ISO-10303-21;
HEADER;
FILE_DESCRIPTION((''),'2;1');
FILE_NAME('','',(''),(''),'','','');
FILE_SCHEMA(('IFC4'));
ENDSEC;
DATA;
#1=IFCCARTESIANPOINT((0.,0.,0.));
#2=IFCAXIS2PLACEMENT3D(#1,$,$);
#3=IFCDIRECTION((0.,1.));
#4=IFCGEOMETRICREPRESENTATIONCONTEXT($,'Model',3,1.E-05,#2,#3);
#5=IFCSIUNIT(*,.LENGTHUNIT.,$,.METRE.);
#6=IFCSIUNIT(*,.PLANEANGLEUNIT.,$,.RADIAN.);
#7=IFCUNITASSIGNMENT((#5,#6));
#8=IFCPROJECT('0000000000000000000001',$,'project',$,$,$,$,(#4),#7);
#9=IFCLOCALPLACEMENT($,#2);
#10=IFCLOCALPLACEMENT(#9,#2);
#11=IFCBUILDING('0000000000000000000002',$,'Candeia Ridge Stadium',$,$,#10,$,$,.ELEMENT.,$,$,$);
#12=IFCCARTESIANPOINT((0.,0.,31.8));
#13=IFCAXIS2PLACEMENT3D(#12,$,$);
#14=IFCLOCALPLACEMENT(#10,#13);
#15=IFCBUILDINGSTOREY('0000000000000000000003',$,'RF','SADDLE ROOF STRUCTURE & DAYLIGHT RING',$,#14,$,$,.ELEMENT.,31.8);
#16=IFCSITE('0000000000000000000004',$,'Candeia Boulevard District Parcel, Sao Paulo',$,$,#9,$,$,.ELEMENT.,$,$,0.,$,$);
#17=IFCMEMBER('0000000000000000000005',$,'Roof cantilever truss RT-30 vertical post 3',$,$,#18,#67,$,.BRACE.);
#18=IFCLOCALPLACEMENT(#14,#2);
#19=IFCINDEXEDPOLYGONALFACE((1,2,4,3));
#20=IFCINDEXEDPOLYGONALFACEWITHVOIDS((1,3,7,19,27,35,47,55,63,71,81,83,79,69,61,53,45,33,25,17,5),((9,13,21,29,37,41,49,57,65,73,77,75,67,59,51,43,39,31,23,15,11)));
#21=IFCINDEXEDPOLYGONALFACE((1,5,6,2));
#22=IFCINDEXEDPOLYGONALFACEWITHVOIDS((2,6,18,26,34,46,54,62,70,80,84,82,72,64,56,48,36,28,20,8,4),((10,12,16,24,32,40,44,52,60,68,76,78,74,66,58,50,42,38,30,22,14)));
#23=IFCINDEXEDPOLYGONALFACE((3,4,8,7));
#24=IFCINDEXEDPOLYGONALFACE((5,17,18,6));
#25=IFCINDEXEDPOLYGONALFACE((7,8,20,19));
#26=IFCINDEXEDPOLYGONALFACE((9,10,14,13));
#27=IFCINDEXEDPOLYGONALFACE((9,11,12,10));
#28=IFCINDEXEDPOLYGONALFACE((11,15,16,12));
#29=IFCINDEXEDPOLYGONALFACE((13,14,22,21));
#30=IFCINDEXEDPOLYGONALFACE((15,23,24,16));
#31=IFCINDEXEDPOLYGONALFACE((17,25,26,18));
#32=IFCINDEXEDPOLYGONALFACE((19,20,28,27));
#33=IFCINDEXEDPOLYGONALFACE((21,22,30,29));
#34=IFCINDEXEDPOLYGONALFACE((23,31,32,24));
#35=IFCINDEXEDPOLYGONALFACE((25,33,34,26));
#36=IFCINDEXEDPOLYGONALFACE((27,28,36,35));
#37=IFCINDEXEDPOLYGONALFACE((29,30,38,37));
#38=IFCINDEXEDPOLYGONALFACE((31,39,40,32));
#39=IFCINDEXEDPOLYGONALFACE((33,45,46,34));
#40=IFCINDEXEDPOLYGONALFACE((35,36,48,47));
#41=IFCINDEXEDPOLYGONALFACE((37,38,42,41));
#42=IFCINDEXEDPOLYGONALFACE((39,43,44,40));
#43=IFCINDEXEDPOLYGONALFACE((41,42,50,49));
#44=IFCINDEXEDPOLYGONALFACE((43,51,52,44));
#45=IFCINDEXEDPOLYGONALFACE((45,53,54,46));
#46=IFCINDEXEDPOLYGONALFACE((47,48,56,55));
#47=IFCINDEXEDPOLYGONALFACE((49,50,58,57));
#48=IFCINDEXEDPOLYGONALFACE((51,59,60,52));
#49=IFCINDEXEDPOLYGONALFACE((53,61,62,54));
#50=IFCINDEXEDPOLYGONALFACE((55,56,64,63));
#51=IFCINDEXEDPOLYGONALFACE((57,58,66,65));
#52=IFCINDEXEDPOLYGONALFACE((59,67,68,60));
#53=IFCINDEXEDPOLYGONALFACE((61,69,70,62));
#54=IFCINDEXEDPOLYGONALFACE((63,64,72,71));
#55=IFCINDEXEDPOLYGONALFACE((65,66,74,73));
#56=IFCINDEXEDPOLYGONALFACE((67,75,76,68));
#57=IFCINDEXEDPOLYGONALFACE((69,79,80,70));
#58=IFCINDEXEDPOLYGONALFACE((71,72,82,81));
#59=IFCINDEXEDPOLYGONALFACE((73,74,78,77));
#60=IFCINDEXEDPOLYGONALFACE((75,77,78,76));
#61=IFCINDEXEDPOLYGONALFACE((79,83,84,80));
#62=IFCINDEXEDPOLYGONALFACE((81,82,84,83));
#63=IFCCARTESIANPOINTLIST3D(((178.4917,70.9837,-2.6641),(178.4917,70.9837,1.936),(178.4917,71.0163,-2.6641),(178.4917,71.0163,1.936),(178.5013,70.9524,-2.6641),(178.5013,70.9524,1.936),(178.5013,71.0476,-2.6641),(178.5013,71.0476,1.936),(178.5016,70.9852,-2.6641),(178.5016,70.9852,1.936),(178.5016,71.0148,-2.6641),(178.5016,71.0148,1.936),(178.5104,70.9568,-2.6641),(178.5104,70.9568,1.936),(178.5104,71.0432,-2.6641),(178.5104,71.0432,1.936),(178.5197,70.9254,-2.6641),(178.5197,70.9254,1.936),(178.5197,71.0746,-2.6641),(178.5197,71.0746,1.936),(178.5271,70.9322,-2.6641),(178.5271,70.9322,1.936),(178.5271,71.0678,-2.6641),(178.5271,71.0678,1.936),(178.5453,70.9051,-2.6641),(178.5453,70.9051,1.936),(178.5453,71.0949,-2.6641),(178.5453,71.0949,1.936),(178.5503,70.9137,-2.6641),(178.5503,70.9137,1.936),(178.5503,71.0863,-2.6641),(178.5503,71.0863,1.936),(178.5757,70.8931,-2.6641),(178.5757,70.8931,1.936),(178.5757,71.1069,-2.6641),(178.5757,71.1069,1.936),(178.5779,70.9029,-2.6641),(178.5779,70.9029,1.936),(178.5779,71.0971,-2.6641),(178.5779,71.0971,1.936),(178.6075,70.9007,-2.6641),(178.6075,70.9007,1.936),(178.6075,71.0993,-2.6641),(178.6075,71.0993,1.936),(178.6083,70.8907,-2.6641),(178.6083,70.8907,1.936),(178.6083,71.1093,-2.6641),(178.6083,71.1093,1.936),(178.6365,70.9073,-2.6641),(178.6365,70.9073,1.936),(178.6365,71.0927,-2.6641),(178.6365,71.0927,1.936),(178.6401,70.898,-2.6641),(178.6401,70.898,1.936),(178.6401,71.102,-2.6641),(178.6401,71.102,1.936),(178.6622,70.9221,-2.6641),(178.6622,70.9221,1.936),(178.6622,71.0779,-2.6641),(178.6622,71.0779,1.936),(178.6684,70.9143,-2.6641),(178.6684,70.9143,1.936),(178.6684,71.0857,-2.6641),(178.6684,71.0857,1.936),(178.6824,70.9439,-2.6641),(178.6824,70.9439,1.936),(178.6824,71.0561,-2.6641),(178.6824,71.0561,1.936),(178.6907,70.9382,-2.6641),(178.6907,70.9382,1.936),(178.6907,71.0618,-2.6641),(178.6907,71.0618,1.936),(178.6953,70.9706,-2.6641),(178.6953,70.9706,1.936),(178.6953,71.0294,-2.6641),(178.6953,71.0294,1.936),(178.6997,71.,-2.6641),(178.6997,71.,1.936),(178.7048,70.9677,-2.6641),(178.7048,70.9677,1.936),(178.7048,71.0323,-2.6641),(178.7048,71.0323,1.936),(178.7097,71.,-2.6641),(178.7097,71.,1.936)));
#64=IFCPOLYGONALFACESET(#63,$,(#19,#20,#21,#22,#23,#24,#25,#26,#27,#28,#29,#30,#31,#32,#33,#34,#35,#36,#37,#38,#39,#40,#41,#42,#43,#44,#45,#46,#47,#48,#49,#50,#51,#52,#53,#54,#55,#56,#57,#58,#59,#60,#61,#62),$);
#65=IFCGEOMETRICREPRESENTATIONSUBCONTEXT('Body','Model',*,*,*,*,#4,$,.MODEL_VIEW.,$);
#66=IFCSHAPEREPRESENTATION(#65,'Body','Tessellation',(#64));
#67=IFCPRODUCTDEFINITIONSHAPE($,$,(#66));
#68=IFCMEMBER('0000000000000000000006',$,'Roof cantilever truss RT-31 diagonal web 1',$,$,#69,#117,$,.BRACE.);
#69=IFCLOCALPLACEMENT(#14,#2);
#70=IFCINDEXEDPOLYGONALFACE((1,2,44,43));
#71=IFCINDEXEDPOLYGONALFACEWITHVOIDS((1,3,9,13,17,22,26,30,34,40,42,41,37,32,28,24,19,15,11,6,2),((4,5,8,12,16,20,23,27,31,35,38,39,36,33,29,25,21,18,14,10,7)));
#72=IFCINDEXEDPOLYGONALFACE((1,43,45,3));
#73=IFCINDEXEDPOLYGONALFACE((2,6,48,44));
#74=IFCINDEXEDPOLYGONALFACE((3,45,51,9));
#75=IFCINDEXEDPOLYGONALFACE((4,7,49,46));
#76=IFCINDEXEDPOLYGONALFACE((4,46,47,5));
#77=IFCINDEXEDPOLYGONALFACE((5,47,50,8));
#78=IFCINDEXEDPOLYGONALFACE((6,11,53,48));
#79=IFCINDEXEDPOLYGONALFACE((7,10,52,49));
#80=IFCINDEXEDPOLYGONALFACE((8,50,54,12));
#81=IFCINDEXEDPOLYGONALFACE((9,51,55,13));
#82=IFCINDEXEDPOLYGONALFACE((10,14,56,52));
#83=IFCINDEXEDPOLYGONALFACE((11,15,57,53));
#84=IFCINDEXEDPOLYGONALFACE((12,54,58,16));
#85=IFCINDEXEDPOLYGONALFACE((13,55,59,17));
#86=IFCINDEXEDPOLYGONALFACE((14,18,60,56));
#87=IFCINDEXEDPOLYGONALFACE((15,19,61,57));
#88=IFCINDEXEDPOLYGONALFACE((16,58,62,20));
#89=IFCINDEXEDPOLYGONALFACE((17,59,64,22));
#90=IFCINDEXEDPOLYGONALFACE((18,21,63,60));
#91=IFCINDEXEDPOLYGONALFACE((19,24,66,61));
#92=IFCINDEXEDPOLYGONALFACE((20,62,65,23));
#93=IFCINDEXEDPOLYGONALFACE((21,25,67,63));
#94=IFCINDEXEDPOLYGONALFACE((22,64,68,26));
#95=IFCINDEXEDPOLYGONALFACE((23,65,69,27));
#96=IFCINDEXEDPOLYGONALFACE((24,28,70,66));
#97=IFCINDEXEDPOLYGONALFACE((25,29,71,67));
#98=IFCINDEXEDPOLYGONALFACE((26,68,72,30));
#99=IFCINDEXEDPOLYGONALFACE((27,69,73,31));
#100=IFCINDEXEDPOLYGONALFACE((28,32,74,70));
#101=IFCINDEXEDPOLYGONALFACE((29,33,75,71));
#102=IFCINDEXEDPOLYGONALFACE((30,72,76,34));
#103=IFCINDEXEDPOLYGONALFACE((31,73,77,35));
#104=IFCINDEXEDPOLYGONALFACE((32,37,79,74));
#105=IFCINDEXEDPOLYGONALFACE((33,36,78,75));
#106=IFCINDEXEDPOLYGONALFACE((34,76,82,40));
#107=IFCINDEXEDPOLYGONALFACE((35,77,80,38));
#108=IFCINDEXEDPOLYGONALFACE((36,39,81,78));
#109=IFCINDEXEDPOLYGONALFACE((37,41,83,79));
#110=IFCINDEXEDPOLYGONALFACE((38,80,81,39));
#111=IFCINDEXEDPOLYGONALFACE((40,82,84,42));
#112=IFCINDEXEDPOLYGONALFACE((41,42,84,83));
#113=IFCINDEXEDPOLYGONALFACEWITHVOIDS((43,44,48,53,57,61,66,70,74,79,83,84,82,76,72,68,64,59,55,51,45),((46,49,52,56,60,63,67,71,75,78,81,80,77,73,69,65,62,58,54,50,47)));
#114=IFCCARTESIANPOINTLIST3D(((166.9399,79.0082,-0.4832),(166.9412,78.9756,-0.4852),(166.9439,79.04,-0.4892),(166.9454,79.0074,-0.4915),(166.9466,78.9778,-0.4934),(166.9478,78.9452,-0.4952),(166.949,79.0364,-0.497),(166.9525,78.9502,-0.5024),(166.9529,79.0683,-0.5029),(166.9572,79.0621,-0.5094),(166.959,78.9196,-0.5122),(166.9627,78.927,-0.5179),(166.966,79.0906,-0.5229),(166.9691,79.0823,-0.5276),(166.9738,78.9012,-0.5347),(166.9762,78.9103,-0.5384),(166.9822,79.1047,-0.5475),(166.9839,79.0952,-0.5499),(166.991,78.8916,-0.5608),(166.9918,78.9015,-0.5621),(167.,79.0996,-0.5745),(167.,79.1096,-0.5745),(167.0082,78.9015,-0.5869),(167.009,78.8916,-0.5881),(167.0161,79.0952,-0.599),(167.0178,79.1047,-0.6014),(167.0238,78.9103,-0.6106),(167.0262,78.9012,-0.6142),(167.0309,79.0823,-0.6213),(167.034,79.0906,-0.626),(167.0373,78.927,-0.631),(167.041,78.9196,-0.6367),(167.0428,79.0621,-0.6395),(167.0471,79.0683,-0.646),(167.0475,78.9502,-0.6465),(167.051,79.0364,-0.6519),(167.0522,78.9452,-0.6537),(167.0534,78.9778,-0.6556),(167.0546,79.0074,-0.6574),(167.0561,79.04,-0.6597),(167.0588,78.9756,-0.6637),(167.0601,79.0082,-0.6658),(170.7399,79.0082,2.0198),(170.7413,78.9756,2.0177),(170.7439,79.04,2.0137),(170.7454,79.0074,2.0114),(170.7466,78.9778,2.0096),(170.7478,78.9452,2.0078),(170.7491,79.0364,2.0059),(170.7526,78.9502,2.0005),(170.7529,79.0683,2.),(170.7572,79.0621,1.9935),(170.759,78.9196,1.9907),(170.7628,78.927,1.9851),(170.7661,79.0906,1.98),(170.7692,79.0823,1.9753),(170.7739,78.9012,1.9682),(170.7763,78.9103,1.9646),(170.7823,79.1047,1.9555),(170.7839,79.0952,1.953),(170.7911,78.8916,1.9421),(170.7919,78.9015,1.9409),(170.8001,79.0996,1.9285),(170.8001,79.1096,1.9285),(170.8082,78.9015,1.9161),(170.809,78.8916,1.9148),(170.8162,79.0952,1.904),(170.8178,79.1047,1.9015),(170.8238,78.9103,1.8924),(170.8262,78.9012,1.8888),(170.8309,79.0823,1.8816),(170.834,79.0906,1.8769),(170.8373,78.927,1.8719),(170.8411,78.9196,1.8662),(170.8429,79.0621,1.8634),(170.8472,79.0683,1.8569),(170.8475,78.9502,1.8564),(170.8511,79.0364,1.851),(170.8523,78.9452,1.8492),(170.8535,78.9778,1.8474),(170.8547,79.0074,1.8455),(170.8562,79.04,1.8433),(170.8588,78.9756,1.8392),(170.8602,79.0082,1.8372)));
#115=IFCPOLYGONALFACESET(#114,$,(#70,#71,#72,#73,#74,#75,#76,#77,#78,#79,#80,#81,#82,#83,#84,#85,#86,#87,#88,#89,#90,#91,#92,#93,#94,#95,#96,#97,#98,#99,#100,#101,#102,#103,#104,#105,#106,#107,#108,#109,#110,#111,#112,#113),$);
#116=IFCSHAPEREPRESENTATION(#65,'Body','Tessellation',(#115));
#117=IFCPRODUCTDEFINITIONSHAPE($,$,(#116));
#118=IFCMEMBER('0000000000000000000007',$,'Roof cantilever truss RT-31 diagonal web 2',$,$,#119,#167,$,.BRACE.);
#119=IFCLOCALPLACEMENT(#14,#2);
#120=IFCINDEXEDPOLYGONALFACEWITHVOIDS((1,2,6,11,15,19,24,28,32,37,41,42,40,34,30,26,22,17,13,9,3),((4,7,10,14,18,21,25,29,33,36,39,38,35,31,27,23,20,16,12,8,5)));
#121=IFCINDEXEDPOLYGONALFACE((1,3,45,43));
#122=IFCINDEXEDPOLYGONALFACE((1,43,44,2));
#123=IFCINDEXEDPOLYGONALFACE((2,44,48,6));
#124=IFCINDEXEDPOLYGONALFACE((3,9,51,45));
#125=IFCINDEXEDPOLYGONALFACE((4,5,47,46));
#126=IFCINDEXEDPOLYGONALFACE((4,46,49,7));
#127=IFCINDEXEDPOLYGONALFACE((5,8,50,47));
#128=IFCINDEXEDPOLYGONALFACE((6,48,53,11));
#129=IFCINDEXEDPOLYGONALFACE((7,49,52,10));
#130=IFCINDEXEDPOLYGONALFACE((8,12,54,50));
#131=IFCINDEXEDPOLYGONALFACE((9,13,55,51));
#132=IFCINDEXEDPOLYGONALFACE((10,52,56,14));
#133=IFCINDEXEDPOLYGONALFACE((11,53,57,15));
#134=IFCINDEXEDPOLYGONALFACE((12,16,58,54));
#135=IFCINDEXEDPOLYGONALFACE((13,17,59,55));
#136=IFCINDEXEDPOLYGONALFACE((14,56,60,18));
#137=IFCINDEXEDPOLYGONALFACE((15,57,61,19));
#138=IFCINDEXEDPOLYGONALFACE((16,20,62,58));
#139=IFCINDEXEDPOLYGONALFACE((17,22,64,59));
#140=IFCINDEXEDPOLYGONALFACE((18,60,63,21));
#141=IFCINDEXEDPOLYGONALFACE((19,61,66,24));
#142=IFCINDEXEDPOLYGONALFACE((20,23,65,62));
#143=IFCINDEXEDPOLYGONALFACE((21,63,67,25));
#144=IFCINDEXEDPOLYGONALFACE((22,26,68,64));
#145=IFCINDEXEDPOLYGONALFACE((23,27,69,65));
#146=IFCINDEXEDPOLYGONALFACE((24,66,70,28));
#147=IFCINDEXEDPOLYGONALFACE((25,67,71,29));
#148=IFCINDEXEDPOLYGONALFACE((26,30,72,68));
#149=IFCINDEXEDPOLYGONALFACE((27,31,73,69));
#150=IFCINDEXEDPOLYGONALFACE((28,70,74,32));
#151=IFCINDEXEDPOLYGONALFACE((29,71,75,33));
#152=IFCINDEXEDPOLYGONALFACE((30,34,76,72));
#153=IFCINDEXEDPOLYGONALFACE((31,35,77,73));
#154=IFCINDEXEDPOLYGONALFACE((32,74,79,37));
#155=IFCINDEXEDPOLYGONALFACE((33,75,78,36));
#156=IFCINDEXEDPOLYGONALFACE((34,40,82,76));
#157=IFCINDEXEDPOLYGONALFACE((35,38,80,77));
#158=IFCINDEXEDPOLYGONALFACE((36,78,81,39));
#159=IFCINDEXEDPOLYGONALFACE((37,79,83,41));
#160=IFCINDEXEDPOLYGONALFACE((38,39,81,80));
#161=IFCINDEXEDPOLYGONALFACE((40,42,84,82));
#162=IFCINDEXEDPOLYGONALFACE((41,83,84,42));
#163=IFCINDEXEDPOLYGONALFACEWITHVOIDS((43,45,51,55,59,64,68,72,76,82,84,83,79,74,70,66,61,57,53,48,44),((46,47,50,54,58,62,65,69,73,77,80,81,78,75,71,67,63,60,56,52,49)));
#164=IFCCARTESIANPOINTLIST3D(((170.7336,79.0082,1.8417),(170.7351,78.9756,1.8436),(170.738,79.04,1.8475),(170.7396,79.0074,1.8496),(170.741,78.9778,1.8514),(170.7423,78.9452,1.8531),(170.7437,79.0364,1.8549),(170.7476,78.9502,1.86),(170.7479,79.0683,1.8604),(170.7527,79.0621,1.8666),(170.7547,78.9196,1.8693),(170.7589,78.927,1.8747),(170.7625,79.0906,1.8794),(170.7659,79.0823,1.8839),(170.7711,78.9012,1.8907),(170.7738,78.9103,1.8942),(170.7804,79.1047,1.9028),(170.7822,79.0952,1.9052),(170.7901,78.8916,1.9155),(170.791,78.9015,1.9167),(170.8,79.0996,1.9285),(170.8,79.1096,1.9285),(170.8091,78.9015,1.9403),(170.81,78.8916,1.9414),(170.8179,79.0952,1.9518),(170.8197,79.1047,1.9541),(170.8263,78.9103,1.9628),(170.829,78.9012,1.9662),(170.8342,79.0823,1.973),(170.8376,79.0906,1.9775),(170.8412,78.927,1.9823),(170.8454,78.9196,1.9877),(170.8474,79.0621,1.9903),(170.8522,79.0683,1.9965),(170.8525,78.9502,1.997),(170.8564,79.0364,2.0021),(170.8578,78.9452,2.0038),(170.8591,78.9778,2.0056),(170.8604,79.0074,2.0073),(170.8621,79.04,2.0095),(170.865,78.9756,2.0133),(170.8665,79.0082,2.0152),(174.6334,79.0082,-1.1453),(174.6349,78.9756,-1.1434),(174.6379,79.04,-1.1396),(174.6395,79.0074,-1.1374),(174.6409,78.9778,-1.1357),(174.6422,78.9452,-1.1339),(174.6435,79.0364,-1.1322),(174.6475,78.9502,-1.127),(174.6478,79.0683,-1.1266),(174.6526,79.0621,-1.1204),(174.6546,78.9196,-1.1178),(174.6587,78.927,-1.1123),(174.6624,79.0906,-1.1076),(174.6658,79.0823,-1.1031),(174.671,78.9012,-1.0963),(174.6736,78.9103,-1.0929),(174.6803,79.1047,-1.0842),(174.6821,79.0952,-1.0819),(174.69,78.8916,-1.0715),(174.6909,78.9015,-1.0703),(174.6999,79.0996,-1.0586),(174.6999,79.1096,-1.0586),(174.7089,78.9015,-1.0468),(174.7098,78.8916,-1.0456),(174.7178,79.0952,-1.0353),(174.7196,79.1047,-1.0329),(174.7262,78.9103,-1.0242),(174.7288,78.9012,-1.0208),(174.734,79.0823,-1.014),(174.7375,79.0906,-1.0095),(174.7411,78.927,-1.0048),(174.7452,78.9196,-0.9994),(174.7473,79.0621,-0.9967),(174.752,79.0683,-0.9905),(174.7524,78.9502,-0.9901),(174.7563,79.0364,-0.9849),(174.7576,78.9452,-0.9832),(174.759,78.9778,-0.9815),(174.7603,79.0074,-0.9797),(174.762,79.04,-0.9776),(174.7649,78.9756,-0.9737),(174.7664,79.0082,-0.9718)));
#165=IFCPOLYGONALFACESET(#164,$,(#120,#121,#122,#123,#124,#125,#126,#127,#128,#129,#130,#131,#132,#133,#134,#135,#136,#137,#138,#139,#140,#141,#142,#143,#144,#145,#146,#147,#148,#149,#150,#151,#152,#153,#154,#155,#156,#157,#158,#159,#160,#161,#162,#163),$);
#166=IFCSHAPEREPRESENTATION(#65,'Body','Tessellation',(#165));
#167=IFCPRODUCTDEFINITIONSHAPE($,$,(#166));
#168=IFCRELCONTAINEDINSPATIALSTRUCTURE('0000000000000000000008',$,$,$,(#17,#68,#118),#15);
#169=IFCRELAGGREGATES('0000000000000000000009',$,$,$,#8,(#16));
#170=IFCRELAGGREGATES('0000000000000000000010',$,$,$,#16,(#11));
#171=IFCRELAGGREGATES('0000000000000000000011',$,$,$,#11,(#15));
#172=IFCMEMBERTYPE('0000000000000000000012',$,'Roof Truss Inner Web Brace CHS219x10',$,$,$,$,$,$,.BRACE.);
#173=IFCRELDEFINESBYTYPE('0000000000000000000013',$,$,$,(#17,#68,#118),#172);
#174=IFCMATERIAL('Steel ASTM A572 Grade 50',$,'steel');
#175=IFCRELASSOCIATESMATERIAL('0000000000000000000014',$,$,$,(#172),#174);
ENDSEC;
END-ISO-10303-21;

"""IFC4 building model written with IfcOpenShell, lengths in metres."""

from ifc_helpers import new_model, si_unit, direction, frame, origin, origin_2d, place, context, subcontext, project, spatial, hollow_circle, extrude, material, material_profile, profile_set, type_object, element, save


model = new_model("IFC4")

# Units and contexts
model_context = context("Model", 3, precision=1e-05, world=origin(), true_north=direction((0.0, 1.0)))
body_context = subcontext(model_context, "Body", "Model", "MODEL_VIEW")
ifc_project = project(units=[si_unit("LENGTHUNIT", "METRE"), si_unit("PLANEANGLEUNIT", "RADIAN")], contexts=[model_context])

# Site, building, storey
site_placement = place(None, origin())
site = spatial("IfcSite", under=ifc_project, at=site_placement, Name="Candeia Boulevard District Parcel, Sao Paulo", CompositionType="ELEMENT", RefElevation=0.0)
building_placement = place(site_placement, origin())
building = spatial("IfcBuilding", under=site, at=building_placement, Name="Candeia Ridge Stadium", CompositionType="ELEMENT")
storey_placement = place(building_placement, frame((0.0, 0.0, 31.8)))
storey = spatial("IfcBuildingStorey", under=building, at=storey_placement, Name="RF", Description="SADDLE ROOF STRUCTURE & DAYLIGHT RING", CompositionType="ELEMENT", Elevation=31.8)

# Shared definitions
ifc_material_1 = material(Name="Steel ASTM A572 Grade 50", Category="steel")

# Members
ifc_material_profile_1 = material_profile(ifc_material_1, hollow_circle(Radius=0.1096, WallThickness=0.01, at=origin_2d()), Name="CHS219x10", Category="steel")
ifc_profile_set_1 = profile_set([ifc_material_profile_1], Name="Steel ASTM A572 Grade 50")
member_type_1 = type_object("IfcMemberType", Name="Roof Truss Inner Web Brace CHS219x10", PredefinedType="BRACE", material=ifc_profile_set_1)
member_1_placement = place(storey_placement, frame((178.6001, 71.0, -2.6641), z_axis=(0.0, 0.0, 1.0), x_axis=(1.0, 0.0, 0.0)))
element("IfcMember", 1, at=member_1_placement, inside=storey, type_object=member_type_1, Name="Roof cantilever truss RT-30 vertical post 3", PredefinedType="BRACE", context=body_context, shape_type="SweptSolid", body=[
    extrude(hollow_circle(Radius=0.1096, WallThickness=0.01, at=origin_2d()), origin(), (0.0, 0.0, 1.0), 4.6001),
])
member_2_placement = place(storey_placement, frame((167.0, 79.0, -0.5745), z_axis=(0.835125, 0.0, 0.550061), x_axis=(0.0, 1.0, 0.0)))
element("IfcMember", 2, at=member_2_placement, inside=storey, type_object=member_type_1, Name="Roof cantilever truss RT-31 diagonal web 1", PredefinedType="BRACE", context=body_context, shape_type="SweptSolid", body=[
    extrude(hollow_circle(Radius=0.1096, WallThickness=0.01, at=origin_2d()), origin(), (0.0, 0.0, 1.0), 4.5503),
])
member_3_placement = place(storey_placement, frame((170.8, 79.0, 1.9285), z_axis=(0.793888, 0.0, -0.608064), x_axis=(0.0, 1.0, 0.0)))
element("IfcMember", 3, at=member_3_placement, inside=storey, type_object=member_type_1, Name="Roof cantilever truss RT-31 diagonal web 2", PredefinedType="BRACE", context=body_context, shape_type="SweptSolid", body=[
    extrude(hollow_circle(Radius=0.1096, WallThickness=0.01, at=origin_2d()), origin(), (0.0, 0.0, 1.0), 4.9124),
])

save(model, "model.ifc")
